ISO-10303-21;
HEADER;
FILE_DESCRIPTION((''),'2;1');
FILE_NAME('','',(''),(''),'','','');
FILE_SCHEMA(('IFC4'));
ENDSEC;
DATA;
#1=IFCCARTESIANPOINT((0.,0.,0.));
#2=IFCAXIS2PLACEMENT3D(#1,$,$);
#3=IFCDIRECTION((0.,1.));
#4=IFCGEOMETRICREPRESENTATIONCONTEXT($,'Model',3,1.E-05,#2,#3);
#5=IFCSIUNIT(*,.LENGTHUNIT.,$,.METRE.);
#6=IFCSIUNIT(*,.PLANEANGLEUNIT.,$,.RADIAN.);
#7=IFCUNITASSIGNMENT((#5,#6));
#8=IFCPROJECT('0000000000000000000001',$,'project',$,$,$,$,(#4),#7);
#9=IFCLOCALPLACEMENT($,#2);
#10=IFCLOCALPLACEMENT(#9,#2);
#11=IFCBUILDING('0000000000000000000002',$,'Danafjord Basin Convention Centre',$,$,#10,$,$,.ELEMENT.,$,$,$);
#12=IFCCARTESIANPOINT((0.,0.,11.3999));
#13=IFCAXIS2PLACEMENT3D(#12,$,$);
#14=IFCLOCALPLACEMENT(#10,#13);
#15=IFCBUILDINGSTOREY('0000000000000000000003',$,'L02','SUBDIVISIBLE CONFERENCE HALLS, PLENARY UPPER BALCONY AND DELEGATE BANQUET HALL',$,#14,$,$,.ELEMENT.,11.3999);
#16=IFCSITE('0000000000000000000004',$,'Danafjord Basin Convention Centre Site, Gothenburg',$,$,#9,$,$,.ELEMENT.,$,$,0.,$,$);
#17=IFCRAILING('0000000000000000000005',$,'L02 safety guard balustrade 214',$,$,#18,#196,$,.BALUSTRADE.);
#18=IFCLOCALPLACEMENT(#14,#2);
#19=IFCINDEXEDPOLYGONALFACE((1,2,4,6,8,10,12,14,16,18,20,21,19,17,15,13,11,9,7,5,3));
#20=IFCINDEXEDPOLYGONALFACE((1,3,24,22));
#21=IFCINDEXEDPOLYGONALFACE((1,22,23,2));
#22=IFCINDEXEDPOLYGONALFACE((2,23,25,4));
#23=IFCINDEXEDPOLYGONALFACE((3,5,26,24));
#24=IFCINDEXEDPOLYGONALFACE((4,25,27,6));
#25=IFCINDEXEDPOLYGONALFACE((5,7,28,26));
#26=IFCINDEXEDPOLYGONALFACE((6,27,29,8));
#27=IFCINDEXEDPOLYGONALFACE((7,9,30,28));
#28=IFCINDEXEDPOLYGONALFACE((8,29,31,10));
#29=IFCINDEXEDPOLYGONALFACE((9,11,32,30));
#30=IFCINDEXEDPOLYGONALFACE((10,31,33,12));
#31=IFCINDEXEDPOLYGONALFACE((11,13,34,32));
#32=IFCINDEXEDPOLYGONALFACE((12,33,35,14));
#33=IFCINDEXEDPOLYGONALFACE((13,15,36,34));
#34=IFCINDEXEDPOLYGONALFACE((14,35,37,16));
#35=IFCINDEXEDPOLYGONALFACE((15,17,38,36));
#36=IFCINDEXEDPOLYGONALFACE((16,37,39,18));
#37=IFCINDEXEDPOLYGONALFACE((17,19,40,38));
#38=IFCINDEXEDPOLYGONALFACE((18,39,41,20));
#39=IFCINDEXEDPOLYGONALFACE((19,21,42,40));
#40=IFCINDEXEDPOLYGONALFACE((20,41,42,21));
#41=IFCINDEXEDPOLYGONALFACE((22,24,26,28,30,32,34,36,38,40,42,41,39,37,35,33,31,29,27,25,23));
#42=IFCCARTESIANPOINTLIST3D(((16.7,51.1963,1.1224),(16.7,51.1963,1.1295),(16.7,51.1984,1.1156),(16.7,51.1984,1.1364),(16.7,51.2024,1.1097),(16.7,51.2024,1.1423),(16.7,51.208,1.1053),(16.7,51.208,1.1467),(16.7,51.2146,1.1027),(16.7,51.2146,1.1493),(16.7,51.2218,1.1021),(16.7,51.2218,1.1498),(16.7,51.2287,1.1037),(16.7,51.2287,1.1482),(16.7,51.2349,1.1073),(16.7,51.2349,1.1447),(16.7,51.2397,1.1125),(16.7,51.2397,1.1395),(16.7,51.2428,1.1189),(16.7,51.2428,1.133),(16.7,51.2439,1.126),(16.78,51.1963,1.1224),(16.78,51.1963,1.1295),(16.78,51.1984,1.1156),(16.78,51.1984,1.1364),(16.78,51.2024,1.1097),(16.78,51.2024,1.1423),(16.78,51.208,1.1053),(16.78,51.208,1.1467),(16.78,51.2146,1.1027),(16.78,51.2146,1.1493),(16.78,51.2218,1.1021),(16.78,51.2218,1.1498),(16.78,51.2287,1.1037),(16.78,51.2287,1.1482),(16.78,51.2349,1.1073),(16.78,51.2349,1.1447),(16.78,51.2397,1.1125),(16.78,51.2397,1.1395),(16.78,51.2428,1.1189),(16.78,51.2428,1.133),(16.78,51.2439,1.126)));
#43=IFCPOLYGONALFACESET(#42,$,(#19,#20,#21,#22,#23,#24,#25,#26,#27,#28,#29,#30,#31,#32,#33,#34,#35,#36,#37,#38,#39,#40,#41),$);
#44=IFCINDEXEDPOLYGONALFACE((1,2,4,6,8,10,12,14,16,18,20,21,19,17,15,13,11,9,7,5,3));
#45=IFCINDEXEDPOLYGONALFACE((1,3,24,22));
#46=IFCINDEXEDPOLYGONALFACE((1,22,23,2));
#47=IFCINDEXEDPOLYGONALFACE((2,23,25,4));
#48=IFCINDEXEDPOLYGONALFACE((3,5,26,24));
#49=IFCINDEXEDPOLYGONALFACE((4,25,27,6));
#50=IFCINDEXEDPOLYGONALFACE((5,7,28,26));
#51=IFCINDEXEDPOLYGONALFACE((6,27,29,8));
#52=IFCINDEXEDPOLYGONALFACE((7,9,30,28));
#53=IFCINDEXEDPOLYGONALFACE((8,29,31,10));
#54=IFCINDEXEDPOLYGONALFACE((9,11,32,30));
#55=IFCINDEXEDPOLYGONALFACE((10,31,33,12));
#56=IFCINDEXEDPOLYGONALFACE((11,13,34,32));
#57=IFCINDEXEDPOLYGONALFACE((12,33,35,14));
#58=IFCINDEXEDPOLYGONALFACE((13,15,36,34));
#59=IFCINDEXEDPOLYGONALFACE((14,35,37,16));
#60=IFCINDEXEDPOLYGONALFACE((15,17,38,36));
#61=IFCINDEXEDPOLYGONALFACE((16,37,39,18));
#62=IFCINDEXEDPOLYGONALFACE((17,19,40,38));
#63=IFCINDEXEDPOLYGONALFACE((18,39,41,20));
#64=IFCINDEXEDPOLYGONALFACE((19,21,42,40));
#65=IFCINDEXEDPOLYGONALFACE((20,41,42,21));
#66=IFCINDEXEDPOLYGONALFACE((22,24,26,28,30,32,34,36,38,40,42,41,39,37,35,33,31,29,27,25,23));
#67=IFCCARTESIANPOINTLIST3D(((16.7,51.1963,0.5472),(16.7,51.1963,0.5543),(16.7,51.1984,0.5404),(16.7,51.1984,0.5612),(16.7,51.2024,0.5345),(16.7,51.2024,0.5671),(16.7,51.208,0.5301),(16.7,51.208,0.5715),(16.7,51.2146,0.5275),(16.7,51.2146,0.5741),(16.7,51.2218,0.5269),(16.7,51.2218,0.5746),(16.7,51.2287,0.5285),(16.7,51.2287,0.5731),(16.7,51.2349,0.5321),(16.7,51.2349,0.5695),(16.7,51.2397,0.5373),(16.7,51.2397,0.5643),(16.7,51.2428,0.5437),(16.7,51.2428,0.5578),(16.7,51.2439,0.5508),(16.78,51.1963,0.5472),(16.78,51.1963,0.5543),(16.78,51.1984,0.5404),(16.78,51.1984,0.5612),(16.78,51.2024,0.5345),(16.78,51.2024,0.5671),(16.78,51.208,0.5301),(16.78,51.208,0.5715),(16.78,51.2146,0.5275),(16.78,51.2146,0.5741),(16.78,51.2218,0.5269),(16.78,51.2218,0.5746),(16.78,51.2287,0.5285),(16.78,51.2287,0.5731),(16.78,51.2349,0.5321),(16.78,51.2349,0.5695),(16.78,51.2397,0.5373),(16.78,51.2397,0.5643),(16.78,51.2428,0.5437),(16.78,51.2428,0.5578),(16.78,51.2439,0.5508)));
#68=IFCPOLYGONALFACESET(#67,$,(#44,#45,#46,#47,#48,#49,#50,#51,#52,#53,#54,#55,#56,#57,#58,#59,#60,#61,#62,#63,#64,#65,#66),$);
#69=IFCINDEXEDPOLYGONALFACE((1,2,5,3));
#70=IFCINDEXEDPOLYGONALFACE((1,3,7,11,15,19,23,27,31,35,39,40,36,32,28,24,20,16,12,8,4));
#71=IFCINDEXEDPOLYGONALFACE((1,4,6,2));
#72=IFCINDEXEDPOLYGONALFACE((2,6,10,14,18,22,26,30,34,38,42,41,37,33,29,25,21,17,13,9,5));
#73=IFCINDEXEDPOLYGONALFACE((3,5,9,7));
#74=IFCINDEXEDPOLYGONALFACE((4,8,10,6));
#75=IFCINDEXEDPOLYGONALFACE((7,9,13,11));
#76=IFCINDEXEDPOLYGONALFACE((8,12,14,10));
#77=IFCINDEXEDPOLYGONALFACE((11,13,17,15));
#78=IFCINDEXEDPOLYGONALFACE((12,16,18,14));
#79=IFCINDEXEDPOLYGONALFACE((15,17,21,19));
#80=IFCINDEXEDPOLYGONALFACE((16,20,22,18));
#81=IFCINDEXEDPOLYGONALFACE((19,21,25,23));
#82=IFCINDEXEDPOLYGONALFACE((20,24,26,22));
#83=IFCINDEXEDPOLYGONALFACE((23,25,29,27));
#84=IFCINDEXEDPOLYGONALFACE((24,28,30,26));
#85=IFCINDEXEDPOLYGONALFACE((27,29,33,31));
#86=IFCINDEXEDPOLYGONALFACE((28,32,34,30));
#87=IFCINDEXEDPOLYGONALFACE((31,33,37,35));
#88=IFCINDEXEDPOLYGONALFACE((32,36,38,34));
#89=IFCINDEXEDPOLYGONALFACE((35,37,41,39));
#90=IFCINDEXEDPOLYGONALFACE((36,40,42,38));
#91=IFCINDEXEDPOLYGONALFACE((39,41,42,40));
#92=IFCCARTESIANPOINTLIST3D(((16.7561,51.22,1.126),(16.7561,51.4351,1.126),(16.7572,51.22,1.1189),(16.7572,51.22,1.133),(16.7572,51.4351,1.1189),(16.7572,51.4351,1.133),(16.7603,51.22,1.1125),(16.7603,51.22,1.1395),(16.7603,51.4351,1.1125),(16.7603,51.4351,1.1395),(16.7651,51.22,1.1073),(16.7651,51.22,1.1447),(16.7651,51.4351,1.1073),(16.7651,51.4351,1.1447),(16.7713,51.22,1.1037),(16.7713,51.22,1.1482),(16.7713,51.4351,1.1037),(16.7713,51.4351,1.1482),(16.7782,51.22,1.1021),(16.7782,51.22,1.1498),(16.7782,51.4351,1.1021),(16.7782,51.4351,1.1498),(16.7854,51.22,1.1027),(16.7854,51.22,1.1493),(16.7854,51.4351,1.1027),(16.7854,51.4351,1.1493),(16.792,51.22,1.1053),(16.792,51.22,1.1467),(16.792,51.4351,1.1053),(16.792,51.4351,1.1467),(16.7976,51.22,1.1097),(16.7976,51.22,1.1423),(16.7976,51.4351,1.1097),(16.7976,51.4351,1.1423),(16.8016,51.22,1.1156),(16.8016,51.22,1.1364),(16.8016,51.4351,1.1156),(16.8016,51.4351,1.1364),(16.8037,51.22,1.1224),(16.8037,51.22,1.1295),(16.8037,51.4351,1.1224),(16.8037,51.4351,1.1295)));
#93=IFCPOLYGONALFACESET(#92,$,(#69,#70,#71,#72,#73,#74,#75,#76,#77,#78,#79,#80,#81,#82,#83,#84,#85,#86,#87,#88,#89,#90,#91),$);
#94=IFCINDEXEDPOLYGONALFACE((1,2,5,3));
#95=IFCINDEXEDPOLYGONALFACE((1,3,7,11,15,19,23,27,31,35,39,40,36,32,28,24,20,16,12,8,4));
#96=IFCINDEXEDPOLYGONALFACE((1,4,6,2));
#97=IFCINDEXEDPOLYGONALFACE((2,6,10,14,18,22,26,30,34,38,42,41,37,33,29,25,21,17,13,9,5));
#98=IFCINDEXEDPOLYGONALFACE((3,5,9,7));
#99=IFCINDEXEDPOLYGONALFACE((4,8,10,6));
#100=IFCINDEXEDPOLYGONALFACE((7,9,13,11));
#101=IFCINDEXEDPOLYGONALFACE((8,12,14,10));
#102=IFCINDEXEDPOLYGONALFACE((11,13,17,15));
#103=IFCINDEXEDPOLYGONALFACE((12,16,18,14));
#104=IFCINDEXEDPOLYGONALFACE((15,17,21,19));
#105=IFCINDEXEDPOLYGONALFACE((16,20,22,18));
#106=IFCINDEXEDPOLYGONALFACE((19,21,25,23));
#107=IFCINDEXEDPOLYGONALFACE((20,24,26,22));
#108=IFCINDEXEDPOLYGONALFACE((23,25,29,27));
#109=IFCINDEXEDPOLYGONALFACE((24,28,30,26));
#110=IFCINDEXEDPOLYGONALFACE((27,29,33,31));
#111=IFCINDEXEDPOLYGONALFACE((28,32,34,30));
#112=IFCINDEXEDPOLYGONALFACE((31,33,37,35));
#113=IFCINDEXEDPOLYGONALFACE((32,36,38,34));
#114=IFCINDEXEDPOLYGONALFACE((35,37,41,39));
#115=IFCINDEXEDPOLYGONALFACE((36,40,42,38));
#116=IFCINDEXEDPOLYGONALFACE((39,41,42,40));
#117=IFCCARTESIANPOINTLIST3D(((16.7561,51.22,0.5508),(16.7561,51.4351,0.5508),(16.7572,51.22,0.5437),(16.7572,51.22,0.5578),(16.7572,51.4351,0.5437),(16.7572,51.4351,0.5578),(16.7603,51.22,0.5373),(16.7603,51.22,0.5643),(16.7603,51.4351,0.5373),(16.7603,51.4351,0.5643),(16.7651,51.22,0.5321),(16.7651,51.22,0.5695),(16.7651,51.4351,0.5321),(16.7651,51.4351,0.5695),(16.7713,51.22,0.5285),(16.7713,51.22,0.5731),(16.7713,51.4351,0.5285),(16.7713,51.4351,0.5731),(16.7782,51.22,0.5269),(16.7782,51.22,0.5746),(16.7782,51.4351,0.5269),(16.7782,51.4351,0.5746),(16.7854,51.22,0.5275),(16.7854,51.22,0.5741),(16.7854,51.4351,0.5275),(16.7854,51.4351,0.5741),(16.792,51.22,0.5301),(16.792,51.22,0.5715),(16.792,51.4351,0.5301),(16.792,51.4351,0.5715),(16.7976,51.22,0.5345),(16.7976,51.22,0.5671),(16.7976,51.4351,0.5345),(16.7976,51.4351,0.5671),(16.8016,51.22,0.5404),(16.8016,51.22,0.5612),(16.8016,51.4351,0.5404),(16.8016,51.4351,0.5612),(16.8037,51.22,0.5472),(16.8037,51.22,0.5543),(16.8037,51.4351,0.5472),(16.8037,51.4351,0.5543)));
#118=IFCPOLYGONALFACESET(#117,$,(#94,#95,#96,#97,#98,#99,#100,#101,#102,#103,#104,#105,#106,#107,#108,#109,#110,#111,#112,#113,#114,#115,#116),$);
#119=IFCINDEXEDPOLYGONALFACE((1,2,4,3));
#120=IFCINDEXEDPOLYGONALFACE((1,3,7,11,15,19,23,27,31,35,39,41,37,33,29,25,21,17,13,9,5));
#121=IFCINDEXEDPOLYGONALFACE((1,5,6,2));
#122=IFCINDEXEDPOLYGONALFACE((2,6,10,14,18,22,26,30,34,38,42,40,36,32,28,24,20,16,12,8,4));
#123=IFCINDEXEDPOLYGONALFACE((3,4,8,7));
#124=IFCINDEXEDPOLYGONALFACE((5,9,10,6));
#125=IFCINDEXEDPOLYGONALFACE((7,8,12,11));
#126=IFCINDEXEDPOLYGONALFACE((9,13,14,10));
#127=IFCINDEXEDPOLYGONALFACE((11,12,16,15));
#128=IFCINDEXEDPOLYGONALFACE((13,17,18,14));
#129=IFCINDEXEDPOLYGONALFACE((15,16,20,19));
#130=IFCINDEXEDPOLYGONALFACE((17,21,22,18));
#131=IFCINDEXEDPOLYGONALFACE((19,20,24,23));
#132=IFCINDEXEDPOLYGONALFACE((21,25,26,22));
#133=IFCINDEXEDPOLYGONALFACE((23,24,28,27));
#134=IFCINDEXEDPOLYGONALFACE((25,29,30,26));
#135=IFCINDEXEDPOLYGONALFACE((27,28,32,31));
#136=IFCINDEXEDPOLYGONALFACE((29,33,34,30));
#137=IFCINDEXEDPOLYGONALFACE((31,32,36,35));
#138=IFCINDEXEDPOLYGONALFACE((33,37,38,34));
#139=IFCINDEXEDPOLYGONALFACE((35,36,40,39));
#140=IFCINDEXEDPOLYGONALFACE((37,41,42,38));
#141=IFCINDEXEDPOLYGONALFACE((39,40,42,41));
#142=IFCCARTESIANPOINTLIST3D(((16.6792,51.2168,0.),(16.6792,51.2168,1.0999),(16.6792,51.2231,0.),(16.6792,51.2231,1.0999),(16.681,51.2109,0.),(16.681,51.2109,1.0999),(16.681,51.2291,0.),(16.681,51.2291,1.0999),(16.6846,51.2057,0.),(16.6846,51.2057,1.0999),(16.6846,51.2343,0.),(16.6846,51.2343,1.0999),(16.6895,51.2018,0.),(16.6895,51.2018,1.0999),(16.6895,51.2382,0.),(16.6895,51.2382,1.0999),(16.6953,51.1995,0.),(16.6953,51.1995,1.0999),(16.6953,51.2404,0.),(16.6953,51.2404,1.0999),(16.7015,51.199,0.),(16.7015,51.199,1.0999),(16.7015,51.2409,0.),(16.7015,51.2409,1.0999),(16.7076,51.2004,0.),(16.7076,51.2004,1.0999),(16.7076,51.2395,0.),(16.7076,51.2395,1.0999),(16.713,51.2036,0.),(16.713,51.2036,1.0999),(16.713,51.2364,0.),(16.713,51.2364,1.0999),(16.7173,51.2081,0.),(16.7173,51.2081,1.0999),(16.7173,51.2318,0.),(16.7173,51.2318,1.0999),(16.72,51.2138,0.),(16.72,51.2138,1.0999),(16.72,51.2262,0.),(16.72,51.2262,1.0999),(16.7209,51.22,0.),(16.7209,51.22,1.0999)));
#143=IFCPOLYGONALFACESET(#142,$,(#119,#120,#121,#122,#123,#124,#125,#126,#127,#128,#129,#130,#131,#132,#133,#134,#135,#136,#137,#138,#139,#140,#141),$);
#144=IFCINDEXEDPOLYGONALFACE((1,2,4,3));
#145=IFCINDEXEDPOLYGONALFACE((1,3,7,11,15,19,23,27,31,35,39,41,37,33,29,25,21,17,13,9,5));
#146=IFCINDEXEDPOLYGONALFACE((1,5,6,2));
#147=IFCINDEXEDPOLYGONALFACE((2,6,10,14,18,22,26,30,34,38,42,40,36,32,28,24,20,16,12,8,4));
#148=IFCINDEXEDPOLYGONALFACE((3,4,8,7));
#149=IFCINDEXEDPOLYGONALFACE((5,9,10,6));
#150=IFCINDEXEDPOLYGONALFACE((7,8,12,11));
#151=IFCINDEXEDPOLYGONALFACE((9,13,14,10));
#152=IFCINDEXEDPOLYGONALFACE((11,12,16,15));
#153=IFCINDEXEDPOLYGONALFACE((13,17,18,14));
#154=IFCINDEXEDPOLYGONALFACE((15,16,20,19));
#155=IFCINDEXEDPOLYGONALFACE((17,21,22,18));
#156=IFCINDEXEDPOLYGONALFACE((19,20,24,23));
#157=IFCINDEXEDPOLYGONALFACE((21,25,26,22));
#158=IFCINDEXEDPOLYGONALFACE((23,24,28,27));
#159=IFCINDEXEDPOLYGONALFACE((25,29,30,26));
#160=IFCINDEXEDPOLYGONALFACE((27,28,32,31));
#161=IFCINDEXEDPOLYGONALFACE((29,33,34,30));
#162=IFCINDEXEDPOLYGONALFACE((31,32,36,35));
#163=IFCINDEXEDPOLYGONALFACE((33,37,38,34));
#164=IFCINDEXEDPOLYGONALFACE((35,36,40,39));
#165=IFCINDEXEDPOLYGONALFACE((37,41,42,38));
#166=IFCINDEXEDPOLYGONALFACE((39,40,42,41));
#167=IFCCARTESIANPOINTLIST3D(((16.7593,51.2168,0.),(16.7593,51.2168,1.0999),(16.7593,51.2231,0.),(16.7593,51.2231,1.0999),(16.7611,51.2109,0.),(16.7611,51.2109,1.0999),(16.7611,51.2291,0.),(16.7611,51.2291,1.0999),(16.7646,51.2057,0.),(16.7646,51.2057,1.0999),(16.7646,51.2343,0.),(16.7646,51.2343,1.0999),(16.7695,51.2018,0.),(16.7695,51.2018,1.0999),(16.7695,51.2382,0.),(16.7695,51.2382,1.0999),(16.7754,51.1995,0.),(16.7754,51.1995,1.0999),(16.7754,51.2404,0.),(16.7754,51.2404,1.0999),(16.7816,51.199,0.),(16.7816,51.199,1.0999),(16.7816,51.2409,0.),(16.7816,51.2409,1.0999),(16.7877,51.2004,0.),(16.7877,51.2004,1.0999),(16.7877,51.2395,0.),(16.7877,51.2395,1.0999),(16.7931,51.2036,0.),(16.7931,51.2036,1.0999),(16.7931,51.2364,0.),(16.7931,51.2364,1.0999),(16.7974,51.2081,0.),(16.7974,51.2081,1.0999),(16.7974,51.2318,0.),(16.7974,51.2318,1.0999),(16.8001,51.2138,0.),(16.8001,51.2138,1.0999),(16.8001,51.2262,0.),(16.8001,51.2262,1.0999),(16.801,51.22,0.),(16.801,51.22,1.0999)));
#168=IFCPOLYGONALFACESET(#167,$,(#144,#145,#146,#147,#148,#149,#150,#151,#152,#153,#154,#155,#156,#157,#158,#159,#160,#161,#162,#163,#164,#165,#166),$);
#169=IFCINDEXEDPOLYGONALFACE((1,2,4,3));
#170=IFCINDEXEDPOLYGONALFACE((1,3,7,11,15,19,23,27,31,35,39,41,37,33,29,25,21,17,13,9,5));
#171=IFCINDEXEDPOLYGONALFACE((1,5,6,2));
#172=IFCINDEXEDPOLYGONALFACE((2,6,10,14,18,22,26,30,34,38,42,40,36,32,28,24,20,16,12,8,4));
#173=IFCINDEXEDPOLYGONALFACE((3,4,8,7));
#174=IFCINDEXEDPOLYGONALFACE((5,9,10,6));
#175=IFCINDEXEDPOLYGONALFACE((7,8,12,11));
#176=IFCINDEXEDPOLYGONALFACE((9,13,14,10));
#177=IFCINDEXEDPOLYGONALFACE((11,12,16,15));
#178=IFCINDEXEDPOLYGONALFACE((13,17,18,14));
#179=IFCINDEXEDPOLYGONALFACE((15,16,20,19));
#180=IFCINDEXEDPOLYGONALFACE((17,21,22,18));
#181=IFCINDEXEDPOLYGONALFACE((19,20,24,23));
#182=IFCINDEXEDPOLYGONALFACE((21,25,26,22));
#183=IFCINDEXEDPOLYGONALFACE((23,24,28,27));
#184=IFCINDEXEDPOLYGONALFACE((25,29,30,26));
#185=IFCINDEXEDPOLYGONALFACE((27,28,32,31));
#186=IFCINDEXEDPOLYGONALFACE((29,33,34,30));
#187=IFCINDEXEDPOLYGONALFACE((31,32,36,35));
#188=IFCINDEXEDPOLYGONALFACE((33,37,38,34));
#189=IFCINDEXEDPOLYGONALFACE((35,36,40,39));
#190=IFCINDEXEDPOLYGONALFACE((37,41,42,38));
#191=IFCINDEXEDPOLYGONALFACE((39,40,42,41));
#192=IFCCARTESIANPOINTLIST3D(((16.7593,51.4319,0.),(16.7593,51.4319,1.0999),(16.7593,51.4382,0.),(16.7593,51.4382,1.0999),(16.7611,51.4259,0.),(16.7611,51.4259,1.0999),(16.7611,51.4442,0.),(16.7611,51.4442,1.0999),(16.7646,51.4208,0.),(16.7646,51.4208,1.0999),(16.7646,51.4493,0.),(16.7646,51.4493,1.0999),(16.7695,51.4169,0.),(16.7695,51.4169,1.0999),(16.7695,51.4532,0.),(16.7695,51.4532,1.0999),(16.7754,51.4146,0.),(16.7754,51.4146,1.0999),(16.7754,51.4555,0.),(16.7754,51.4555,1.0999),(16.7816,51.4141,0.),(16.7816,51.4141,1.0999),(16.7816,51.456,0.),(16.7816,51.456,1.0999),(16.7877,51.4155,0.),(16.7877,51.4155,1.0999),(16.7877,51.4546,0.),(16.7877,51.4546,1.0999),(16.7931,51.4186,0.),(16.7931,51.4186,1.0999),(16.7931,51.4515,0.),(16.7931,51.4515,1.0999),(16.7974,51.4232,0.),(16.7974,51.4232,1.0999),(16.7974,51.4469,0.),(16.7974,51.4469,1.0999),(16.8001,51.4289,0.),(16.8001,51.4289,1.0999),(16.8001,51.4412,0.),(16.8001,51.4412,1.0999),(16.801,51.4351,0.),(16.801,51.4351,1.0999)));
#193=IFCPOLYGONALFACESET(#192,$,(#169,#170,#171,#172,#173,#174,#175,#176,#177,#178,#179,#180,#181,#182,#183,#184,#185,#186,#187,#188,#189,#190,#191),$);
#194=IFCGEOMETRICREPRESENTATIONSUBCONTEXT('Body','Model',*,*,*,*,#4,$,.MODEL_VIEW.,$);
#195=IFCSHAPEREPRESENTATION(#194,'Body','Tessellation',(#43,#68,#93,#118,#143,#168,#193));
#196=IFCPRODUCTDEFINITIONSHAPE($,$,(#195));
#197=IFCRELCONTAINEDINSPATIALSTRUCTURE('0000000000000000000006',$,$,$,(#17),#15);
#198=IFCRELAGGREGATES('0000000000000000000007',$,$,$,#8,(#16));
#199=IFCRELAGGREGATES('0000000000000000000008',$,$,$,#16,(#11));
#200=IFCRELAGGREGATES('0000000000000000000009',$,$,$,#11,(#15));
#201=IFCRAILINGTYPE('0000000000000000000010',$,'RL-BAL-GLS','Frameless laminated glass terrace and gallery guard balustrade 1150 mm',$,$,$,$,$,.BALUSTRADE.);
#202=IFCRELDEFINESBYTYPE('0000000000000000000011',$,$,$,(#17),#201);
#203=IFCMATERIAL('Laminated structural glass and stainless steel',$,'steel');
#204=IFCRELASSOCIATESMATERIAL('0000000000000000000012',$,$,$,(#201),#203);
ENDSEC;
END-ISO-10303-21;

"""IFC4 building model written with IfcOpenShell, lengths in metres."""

from ifc_helpers import new_model, si_unit, direction, frame, origin, origin_2d, place, context, subcontext, project, spatial, circle, extrude, material, type_object, element, save


model = new_model("IFC4")

# Units and contexts
model_context = context("Model", 3, precision=1e-05, world=origin(), true_north=direction((0.0, 1.0)))
body_context = subcontext(model_context, "Body", "Model", "MODEL_VIEW")
ifc_project = project(units=[si_unit("LENGTHUNIT", "METRE"), si_unit("PLANEANGLEUNIT", "RADIAN")], contexts=[model_context])

# Site, building, storey
site_placement = place(None, origin())
site = spatial("IfcSite", under=ifc_project, at=site_placement, Name="Danafjord Basin Convention Centre Site, Gothenburg", CompositionType="ELEMENT", RefElevation=0.0)
building_placement = place(site_placement, origin())
building = spatial("IfcBuilding", under=site, at=building_placement, Name="Danafjord Basin Convention Centre", CompositionType="ELEMENT")
storey_placement = place(building_placement, frame((0.0, 0.0, 11.3999)))
storey = spatial("IfcBuildingStorey", under=building, at=storey_placement, Name="L02", Description="SUBDIVISIBLE CONFERENCE HALLS, PLENARY UPPER BALCONY AND DELEGATE BANQUET HALL", CompositionType="ELEMENT", Elevation=11.3999)

# Railing
ifc_material_1 = material(Name="Laminated structural glass and stainless steel", Category="steel")
railing_type_1 = type_object("IfcRailingType", Name="RL-BAL-GLS", Description="Frameless laminated glass terrace and gallery guard balustrade 1150 mm", PredefinedType="BALUSTRADE", material=ifc_material_1)
railing_1_placement = place(storey_placement, frame((16.7, 51.22, 0.0)))
element("IfcRailing", 1, at=railing_1_placement, inside=storey, type_object=railing_type_1, Name="L02 safety guard balustrade 214", PredefinedType="BALUSTRADE", context=body_context, shape_type="SweptSolid", body=[
    extrude(circle(Radius=0.0239, at=origin_2d()), frame((0.0, 0.0, 1.126), z_axis=(1.0, 0.0, 0.0), x_axis=(0.0, 1.0, 0.0)), (0.0, 0.0, 1.0), 0.0801),
    extrude(circle(Radius=0.0239, at=origin_2d()), frame((0.0, 0.0, 0.5508), z_axis=(1.0, 0.0, 0.0), x_axis=(0.0, 1.0, 0.0)), (0.0, 0.0, 1.0), 0.0801),
    extrude(circle(Radius=0.0239, at=origin_2d()), frame((0.0801, 0.0, 1.126), z_axis=(0.0, 1.0, 0.0), x_axis=(-1.0, 0.0, 0.0)), (0.0, 0.0, 1.0), 0.2151),
    extrude(circle(Radius=0.0239, at=origin_2d()), frame((0.0801, 0.0, 0.5508), z_axis=(0.0, 1.0, 0.0), x_axis=(-1.0, 0.0, 0.0)), (0.0, 0.0, 1.0), 0.2151),
    extrude(circle(Radius=0.021, at=origin_2d()), origin(), (0.0, 0.0, 1.0), 1.0999),
    extrude(circle(Radius=0.021, at=origin_2d()), frame((0.0801, 0.0, 0.0)), (0.0, 0.0, 1.0), 1.0999),
    extrude(circle(Radius=0.021, at=origin_2d()), frame((0.0801, 0.2151, 0.0)), (0.0, 0.0, 1.0), 1.0999),
])

save(model, "model.ifc")
